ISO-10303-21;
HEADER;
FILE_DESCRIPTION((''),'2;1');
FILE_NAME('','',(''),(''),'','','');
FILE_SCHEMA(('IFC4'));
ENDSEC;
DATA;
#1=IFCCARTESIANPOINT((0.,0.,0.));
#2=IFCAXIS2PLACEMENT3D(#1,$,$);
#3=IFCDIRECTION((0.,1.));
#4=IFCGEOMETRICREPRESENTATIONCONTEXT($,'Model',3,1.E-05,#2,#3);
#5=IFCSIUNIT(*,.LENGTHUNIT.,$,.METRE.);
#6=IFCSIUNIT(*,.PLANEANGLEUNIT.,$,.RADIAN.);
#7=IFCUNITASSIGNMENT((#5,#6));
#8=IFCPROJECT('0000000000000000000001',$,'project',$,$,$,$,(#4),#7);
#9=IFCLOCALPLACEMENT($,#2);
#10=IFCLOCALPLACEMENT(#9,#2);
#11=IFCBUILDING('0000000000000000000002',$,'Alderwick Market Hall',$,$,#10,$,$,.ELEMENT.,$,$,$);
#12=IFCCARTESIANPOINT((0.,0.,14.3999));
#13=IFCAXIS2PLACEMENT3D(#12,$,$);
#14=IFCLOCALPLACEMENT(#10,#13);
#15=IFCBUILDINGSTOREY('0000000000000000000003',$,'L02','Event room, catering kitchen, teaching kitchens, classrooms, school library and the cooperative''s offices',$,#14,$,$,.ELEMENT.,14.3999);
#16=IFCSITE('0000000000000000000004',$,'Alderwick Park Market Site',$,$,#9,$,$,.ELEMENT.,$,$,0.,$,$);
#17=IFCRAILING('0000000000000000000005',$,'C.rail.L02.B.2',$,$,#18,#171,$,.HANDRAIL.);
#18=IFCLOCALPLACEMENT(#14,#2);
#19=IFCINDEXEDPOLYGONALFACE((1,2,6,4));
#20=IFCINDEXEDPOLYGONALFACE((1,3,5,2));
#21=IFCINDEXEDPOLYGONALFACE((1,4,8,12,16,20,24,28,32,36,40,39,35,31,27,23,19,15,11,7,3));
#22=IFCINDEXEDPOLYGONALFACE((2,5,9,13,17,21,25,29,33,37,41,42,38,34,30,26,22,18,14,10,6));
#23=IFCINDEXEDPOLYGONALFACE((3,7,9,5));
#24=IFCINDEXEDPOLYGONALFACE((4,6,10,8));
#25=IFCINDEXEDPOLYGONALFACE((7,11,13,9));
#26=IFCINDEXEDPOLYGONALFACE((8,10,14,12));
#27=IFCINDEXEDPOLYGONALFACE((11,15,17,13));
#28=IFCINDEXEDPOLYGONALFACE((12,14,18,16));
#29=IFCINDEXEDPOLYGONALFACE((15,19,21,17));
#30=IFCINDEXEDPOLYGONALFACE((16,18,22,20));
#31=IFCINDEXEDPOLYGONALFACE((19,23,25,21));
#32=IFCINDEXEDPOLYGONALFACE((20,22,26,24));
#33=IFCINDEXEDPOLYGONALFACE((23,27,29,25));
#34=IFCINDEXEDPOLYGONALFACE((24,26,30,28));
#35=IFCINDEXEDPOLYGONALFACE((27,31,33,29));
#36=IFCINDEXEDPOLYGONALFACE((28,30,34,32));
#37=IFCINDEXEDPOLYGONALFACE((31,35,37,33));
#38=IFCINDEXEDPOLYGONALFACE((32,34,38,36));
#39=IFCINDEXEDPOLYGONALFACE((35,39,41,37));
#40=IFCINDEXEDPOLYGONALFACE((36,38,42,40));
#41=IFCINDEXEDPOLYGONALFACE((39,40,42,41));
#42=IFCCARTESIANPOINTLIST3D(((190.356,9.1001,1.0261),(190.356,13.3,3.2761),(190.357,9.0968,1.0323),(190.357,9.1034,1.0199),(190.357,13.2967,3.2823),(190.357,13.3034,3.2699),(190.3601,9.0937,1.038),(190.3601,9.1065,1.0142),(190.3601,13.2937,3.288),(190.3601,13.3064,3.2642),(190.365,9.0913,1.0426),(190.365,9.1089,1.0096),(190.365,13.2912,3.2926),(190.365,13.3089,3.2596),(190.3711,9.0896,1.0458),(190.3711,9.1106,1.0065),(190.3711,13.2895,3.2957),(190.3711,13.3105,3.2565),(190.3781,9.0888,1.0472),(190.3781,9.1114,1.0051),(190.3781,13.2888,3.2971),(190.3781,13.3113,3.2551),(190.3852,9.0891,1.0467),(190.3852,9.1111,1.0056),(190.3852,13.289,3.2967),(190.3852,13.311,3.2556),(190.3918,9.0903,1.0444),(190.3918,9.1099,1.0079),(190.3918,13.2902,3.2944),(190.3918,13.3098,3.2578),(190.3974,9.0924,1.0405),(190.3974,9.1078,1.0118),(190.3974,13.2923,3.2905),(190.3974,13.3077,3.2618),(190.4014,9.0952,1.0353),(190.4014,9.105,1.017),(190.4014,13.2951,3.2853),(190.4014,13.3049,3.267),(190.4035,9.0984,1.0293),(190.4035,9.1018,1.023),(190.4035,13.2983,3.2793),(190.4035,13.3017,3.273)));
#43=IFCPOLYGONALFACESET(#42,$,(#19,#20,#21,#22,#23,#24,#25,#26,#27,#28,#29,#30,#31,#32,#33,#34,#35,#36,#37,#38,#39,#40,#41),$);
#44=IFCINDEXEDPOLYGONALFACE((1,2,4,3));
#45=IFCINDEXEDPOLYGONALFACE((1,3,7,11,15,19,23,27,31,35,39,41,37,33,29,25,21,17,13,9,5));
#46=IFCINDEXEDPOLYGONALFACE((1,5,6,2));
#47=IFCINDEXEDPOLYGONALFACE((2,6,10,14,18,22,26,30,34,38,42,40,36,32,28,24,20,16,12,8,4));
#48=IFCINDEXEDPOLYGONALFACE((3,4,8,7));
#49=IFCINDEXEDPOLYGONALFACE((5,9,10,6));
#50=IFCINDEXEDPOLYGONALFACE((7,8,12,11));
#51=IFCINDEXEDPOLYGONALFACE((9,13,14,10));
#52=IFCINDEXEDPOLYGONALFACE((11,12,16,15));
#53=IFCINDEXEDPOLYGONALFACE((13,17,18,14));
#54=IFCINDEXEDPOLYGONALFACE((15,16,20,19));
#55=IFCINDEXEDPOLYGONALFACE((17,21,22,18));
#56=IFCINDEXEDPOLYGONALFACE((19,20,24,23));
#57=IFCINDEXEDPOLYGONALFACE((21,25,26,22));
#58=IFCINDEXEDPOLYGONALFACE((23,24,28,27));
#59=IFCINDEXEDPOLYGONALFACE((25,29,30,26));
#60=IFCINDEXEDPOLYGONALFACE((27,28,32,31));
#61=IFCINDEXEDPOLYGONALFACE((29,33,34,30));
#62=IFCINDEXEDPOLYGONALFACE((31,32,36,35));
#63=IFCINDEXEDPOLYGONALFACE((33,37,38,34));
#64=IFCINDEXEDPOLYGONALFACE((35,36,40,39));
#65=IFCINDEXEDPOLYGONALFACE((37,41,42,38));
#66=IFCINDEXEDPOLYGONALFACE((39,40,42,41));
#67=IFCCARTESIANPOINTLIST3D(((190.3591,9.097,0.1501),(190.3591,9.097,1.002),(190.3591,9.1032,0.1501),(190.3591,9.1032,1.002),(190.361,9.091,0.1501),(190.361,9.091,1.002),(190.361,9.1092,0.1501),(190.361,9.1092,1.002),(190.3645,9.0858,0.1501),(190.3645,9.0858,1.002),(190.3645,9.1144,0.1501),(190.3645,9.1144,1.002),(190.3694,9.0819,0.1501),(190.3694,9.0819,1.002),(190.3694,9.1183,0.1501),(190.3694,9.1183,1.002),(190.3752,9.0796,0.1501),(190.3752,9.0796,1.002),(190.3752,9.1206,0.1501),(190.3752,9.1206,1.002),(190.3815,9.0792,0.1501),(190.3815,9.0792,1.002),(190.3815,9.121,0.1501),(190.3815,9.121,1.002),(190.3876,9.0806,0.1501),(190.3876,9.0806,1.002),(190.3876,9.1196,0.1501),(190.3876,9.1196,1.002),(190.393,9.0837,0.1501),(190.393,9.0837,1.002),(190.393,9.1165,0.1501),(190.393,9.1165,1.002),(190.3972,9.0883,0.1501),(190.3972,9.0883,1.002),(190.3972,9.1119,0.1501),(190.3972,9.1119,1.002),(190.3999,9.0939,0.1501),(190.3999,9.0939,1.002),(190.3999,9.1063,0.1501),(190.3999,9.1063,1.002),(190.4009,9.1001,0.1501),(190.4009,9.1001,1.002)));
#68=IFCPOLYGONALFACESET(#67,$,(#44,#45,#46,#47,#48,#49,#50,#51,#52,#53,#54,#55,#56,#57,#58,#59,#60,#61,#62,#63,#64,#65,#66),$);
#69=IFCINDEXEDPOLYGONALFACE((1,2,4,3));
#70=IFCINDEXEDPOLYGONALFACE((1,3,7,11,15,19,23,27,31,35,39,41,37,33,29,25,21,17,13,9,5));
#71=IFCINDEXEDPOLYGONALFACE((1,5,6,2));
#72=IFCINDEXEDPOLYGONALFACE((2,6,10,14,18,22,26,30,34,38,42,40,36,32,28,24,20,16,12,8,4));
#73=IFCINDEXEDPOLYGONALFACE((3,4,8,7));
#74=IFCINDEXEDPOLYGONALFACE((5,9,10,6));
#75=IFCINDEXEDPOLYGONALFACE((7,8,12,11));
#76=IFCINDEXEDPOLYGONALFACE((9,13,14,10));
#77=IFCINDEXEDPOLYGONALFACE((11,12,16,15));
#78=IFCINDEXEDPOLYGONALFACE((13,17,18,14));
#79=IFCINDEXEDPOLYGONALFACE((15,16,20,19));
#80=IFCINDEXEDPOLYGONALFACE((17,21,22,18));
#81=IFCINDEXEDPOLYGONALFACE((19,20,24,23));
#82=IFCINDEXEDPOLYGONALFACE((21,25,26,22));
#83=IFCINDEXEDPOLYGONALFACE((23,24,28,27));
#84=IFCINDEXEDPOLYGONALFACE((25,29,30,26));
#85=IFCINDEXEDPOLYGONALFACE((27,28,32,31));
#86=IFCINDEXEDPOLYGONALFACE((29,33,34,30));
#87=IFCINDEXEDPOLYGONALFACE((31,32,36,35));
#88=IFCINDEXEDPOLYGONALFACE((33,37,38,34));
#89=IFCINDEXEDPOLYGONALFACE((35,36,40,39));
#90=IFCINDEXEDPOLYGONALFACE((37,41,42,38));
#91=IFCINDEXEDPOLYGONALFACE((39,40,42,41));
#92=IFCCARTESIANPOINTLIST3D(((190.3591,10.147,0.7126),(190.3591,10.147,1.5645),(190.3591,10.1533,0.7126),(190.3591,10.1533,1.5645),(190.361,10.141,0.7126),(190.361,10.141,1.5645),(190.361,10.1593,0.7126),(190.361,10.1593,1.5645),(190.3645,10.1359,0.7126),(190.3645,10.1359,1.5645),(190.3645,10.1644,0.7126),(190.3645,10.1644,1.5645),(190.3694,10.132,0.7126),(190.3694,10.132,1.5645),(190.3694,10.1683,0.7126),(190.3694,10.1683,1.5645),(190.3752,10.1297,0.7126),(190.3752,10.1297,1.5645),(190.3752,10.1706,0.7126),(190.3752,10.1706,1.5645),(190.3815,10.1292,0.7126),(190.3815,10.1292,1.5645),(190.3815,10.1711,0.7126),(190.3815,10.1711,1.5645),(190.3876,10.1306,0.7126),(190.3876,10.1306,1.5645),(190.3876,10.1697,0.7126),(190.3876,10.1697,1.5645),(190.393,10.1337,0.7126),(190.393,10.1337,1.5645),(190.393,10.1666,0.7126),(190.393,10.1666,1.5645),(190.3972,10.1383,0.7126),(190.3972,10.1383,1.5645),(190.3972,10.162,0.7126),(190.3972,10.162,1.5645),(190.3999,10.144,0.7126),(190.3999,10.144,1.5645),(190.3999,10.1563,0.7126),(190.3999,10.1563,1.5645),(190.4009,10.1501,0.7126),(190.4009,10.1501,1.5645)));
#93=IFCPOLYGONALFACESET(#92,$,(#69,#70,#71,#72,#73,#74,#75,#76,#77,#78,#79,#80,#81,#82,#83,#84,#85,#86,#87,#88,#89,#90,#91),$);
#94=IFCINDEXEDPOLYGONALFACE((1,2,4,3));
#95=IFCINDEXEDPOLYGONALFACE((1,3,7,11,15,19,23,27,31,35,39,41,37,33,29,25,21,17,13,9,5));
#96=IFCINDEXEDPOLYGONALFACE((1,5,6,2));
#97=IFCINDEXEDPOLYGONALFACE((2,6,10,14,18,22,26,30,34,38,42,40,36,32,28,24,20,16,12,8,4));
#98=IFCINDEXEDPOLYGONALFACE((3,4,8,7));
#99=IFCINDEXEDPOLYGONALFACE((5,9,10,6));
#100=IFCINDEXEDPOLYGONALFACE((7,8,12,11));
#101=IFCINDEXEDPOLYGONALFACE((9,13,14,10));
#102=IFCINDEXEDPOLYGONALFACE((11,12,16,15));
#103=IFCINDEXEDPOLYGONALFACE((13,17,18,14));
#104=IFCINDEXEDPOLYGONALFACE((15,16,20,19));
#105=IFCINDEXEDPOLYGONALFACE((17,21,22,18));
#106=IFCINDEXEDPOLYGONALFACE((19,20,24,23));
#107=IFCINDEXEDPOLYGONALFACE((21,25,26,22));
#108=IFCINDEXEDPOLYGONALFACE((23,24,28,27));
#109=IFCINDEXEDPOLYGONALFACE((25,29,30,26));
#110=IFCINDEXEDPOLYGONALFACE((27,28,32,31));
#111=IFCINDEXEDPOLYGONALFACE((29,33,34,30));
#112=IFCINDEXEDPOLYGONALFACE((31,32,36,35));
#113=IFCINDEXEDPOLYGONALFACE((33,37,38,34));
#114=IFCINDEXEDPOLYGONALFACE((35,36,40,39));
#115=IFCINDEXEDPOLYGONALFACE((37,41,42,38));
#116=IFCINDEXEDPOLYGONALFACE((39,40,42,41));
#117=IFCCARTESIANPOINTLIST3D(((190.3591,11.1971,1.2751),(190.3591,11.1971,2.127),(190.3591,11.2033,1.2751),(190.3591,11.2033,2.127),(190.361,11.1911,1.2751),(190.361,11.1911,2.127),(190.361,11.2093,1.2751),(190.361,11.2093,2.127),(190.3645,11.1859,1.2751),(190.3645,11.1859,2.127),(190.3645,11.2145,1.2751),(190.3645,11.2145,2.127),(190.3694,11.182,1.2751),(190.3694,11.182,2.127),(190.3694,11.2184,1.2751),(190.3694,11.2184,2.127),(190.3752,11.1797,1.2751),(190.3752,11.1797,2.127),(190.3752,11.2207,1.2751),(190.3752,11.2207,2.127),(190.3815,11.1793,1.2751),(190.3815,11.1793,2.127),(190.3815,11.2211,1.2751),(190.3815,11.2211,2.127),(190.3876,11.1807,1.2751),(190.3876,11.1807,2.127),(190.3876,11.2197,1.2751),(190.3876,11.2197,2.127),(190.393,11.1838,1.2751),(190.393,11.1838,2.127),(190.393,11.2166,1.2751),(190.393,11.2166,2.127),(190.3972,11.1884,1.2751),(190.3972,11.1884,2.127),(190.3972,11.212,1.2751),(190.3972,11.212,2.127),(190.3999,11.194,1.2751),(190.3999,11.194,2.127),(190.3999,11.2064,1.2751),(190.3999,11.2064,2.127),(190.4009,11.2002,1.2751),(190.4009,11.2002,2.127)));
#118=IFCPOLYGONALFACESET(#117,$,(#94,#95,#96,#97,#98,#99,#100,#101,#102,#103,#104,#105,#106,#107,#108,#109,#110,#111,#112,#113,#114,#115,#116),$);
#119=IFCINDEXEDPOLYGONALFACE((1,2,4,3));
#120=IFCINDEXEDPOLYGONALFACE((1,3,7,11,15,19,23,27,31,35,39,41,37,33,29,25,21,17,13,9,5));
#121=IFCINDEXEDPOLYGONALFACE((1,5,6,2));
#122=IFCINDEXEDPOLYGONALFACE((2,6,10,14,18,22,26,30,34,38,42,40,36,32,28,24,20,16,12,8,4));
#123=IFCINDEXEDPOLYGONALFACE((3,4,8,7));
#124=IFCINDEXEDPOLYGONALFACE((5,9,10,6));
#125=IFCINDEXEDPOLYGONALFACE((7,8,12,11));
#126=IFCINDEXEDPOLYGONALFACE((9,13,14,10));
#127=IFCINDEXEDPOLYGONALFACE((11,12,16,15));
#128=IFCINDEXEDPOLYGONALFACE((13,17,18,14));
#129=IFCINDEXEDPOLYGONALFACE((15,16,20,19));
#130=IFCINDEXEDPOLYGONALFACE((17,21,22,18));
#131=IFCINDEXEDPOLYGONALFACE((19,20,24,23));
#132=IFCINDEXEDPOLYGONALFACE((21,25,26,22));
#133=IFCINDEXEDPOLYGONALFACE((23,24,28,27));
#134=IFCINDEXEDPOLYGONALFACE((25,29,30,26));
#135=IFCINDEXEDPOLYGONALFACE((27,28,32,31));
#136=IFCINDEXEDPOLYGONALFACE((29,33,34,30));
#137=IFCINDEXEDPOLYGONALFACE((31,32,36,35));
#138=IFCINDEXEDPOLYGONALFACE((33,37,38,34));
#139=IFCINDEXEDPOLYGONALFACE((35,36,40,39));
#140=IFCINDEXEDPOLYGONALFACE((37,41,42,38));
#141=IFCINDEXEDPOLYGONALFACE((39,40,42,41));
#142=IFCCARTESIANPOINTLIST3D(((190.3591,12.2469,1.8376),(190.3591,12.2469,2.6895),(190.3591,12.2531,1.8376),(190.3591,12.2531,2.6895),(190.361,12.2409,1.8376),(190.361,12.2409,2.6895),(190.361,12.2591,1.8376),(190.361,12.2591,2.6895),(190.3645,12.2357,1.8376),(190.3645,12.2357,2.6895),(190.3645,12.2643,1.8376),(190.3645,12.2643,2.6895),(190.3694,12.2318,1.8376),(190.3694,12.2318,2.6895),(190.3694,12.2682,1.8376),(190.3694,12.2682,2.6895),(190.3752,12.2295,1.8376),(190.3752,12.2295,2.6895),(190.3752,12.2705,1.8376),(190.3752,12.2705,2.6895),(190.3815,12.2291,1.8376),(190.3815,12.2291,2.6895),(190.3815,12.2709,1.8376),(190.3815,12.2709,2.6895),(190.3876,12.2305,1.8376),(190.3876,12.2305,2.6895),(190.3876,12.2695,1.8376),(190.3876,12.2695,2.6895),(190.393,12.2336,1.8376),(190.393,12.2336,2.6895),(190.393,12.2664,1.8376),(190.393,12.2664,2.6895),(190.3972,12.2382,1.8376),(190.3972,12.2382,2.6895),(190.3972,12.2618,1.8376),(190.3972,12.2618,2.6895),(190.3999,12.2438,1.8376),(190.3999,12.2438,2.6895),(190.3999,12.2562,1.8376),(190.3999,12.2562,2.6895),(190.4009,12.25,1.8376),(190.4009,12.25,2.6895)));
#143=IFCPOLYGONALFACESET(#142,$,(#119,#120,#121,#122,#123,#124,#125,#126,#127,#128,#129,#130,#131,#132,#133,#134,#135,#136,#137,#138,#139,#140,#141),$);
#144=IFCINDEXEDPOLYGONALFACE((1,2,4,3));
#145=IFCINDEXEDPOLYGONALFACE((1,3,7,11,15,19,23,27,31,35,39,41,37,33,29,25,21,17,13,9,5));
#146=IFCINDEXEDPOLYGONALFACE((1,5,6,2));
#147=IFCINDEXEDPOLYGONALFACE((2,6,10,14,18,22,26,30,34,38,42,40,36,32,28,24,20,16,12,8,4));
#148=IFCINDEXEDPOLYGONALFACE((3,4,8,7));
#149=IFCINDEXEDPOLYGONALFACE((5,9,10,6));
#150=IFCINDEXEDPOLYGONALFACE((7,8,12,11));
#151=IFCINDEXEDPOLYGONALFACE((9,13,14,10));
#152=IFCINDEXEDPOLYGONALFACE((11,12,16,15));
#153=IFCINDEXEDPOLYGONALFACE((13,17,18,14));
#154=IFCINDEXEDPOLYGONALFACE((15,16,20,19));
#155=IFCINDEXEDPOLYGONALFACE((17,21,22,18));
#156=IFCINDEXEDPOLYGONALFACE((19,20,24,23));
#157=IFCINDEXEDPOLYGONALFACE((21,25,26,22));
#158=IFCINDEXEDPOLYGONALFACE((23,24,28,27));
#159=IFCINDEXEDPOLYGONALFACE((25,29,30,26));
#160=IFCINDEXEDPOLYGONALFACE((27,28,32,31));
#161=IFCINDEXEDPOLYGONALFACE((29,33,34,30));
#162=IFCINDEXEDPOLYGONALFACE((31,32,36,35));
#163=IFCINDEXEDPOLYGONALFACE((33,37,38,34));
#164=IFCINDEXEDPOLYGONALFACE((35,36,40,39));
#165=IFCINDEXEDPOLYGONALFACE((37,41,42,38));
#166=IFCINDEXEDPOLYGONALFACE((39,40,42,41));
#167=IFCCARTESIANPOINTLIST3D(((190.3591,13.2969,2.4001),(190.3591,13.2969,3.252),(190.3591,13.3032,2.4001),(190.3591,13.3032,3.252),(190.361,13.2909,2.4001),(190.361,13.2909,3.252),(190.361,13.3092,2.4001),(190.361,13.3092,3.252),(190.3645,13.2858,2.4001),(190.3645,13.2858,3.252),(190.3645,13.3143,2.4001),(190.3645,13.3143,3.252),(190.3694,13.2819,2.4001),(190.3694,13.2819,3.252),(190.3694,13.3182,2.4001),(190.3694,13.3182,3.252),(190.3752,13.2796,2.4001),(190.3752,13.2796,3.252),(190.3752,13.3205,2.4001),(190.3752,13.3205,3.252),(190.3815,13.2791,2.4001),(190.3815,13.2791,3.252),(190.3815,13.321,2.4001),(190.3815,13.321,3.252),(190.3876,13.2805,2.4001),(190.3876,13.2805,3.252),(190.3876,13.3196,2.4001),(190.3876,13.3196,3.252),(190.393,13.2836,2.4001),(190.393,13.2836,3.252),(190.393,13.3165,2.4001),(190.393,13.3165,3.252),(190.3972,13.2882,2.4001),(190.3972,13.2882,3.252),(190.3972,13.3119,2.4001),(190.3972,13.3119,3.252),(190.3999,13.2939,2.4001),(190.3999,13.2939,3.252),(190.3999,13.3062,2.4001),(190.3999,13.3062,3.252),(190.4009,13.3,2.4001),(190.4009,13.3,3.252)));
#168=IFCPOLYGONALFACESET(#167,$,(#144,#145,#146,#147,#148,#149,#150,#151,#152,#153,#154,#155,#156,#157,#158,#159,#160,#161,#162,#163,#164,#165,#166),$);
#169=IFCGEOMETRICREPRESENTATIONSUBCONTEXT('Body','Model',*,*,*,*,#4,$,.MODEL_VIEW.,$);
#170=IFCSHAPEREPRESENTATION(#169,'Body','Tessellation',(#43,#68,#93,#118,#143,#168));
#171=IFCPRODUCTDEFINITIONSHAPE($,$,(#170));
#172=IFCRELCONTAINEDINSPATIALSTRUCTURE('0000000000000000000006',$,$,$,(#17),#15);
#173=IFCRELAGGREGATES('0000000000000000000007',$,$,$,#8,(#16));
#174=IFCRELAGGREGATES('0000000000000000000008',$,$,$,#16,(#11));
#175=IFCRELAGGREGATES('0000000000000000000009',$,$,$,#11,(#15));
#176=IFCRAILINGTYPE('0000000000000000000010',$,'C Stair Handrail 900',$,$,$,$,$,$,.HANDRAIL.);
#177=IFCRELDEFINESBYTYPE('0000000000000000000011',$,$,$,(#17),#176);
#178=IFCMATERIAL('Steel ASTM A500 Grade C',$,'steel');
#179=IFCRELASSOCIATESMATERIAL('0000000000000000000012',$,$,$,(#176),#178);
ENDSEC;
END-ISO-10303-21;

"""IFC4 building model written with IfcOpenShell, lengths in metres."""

from ifc_helpers import new_model, si_unit, direction, frame, origin, origin_2d, place, context, subcontext, project, spatial, circle, extrude, material, type_object, element, save


model = new_model("IFC4")

# Units and contexts
model_context = context("Model", 3, precision=1e-05, world=origin(), true_north=direction((0.0, 1.0)))
body_context = subcontext(model_context, "Body", "Model", "MODEL_VIEW")
ifc_project = project(units=[si_unit("LENGTHUNIT", "METRE"), si_unit("PLANEANGLEUNIT", "RADIAN")], contexts=[model_context])

# Site, building, storey
site_placement = place(None, origin())
site = spatial("IfcSite", under=ifc_project, at=site_placement, Name="Alderwick Park Market Site", CompositionType="ELEMENT", RefElevation=0.0)
building_placement = place(site_placement, origin())
building = spatial("IfcBuilding", under=site, at=building_placement, Name="Alderwick Market Hall", CompositionType="ELEMENT")
storey_placement = place(building_placement, frame((0.0, 0.0, 14.3999)))
storey = spatial("IfcBuildingStorey", under=building, at=storey_placement, Name="L02", Description="Event room, catering kitchen, teaching kitchens, classrooms, school library and the cooperative's offices", CompositionType="ELEMENT", Elevation=14.3999)

# Railing
ifc_material_1 = material(Name="Steel ASTM A500 Grade C", Category="steel")
railing_type_1 = type_object("IfcRailingType", Name="C Stair Handrail 900", PredefinedType="HANDRAIL", material=ifc_material_1)
for number, where, name in (
    (1, (190.3799, 9.1001, 0.1501), "C.rail.L02.B.2"),
):
    element("IfcRailing", number, at=place(storey_placement, frame(where)), inside=storey, type_object=railing_type_1, Name=name, PredefinedType="HANDRAIL", context=body_context, shape_type="SweptSolid", body=[
        extrude(circle(Radius=0.0239, at=origin_2d()), frame((0.0, 0.0, 0.876), z_axis=(0.0, 0.881478, 0.472226), x_axis=(-1.0, 0.0, 0.0)), (0.0, 0.0, 1.0), 4.7646),
        extrude(circle(Radius=0.021, at=origin_2d()), origin(), (0.0, 0.0, 1.0), 0.8518),
        extrude(circle(Radius=0.021, at=origin_2d()), frame((0.0, 1.05, 0.5625)), (0.0, 0.0, 1.0), 0.8518),
        extrude(circle(Radius=0.021, at=origin_2d()), frame((0.0, 2.1001, 1.125)), (0.0, 0.0, 1.0), 0.8518),
        extrude(circle(Radius=0.021, at=origin_2d()), frame((0.0, 3.1499, 1.6875)), (0.0, 0.0, 1.0), 0.8518),
        extrude(circle(Radius=0.021, at=origin_2d()), frame((0.0, 4.2, 2.25)), (0.0, 0.0, 1.0), 0.8518),
    ])

save(model, "model.ifc")
